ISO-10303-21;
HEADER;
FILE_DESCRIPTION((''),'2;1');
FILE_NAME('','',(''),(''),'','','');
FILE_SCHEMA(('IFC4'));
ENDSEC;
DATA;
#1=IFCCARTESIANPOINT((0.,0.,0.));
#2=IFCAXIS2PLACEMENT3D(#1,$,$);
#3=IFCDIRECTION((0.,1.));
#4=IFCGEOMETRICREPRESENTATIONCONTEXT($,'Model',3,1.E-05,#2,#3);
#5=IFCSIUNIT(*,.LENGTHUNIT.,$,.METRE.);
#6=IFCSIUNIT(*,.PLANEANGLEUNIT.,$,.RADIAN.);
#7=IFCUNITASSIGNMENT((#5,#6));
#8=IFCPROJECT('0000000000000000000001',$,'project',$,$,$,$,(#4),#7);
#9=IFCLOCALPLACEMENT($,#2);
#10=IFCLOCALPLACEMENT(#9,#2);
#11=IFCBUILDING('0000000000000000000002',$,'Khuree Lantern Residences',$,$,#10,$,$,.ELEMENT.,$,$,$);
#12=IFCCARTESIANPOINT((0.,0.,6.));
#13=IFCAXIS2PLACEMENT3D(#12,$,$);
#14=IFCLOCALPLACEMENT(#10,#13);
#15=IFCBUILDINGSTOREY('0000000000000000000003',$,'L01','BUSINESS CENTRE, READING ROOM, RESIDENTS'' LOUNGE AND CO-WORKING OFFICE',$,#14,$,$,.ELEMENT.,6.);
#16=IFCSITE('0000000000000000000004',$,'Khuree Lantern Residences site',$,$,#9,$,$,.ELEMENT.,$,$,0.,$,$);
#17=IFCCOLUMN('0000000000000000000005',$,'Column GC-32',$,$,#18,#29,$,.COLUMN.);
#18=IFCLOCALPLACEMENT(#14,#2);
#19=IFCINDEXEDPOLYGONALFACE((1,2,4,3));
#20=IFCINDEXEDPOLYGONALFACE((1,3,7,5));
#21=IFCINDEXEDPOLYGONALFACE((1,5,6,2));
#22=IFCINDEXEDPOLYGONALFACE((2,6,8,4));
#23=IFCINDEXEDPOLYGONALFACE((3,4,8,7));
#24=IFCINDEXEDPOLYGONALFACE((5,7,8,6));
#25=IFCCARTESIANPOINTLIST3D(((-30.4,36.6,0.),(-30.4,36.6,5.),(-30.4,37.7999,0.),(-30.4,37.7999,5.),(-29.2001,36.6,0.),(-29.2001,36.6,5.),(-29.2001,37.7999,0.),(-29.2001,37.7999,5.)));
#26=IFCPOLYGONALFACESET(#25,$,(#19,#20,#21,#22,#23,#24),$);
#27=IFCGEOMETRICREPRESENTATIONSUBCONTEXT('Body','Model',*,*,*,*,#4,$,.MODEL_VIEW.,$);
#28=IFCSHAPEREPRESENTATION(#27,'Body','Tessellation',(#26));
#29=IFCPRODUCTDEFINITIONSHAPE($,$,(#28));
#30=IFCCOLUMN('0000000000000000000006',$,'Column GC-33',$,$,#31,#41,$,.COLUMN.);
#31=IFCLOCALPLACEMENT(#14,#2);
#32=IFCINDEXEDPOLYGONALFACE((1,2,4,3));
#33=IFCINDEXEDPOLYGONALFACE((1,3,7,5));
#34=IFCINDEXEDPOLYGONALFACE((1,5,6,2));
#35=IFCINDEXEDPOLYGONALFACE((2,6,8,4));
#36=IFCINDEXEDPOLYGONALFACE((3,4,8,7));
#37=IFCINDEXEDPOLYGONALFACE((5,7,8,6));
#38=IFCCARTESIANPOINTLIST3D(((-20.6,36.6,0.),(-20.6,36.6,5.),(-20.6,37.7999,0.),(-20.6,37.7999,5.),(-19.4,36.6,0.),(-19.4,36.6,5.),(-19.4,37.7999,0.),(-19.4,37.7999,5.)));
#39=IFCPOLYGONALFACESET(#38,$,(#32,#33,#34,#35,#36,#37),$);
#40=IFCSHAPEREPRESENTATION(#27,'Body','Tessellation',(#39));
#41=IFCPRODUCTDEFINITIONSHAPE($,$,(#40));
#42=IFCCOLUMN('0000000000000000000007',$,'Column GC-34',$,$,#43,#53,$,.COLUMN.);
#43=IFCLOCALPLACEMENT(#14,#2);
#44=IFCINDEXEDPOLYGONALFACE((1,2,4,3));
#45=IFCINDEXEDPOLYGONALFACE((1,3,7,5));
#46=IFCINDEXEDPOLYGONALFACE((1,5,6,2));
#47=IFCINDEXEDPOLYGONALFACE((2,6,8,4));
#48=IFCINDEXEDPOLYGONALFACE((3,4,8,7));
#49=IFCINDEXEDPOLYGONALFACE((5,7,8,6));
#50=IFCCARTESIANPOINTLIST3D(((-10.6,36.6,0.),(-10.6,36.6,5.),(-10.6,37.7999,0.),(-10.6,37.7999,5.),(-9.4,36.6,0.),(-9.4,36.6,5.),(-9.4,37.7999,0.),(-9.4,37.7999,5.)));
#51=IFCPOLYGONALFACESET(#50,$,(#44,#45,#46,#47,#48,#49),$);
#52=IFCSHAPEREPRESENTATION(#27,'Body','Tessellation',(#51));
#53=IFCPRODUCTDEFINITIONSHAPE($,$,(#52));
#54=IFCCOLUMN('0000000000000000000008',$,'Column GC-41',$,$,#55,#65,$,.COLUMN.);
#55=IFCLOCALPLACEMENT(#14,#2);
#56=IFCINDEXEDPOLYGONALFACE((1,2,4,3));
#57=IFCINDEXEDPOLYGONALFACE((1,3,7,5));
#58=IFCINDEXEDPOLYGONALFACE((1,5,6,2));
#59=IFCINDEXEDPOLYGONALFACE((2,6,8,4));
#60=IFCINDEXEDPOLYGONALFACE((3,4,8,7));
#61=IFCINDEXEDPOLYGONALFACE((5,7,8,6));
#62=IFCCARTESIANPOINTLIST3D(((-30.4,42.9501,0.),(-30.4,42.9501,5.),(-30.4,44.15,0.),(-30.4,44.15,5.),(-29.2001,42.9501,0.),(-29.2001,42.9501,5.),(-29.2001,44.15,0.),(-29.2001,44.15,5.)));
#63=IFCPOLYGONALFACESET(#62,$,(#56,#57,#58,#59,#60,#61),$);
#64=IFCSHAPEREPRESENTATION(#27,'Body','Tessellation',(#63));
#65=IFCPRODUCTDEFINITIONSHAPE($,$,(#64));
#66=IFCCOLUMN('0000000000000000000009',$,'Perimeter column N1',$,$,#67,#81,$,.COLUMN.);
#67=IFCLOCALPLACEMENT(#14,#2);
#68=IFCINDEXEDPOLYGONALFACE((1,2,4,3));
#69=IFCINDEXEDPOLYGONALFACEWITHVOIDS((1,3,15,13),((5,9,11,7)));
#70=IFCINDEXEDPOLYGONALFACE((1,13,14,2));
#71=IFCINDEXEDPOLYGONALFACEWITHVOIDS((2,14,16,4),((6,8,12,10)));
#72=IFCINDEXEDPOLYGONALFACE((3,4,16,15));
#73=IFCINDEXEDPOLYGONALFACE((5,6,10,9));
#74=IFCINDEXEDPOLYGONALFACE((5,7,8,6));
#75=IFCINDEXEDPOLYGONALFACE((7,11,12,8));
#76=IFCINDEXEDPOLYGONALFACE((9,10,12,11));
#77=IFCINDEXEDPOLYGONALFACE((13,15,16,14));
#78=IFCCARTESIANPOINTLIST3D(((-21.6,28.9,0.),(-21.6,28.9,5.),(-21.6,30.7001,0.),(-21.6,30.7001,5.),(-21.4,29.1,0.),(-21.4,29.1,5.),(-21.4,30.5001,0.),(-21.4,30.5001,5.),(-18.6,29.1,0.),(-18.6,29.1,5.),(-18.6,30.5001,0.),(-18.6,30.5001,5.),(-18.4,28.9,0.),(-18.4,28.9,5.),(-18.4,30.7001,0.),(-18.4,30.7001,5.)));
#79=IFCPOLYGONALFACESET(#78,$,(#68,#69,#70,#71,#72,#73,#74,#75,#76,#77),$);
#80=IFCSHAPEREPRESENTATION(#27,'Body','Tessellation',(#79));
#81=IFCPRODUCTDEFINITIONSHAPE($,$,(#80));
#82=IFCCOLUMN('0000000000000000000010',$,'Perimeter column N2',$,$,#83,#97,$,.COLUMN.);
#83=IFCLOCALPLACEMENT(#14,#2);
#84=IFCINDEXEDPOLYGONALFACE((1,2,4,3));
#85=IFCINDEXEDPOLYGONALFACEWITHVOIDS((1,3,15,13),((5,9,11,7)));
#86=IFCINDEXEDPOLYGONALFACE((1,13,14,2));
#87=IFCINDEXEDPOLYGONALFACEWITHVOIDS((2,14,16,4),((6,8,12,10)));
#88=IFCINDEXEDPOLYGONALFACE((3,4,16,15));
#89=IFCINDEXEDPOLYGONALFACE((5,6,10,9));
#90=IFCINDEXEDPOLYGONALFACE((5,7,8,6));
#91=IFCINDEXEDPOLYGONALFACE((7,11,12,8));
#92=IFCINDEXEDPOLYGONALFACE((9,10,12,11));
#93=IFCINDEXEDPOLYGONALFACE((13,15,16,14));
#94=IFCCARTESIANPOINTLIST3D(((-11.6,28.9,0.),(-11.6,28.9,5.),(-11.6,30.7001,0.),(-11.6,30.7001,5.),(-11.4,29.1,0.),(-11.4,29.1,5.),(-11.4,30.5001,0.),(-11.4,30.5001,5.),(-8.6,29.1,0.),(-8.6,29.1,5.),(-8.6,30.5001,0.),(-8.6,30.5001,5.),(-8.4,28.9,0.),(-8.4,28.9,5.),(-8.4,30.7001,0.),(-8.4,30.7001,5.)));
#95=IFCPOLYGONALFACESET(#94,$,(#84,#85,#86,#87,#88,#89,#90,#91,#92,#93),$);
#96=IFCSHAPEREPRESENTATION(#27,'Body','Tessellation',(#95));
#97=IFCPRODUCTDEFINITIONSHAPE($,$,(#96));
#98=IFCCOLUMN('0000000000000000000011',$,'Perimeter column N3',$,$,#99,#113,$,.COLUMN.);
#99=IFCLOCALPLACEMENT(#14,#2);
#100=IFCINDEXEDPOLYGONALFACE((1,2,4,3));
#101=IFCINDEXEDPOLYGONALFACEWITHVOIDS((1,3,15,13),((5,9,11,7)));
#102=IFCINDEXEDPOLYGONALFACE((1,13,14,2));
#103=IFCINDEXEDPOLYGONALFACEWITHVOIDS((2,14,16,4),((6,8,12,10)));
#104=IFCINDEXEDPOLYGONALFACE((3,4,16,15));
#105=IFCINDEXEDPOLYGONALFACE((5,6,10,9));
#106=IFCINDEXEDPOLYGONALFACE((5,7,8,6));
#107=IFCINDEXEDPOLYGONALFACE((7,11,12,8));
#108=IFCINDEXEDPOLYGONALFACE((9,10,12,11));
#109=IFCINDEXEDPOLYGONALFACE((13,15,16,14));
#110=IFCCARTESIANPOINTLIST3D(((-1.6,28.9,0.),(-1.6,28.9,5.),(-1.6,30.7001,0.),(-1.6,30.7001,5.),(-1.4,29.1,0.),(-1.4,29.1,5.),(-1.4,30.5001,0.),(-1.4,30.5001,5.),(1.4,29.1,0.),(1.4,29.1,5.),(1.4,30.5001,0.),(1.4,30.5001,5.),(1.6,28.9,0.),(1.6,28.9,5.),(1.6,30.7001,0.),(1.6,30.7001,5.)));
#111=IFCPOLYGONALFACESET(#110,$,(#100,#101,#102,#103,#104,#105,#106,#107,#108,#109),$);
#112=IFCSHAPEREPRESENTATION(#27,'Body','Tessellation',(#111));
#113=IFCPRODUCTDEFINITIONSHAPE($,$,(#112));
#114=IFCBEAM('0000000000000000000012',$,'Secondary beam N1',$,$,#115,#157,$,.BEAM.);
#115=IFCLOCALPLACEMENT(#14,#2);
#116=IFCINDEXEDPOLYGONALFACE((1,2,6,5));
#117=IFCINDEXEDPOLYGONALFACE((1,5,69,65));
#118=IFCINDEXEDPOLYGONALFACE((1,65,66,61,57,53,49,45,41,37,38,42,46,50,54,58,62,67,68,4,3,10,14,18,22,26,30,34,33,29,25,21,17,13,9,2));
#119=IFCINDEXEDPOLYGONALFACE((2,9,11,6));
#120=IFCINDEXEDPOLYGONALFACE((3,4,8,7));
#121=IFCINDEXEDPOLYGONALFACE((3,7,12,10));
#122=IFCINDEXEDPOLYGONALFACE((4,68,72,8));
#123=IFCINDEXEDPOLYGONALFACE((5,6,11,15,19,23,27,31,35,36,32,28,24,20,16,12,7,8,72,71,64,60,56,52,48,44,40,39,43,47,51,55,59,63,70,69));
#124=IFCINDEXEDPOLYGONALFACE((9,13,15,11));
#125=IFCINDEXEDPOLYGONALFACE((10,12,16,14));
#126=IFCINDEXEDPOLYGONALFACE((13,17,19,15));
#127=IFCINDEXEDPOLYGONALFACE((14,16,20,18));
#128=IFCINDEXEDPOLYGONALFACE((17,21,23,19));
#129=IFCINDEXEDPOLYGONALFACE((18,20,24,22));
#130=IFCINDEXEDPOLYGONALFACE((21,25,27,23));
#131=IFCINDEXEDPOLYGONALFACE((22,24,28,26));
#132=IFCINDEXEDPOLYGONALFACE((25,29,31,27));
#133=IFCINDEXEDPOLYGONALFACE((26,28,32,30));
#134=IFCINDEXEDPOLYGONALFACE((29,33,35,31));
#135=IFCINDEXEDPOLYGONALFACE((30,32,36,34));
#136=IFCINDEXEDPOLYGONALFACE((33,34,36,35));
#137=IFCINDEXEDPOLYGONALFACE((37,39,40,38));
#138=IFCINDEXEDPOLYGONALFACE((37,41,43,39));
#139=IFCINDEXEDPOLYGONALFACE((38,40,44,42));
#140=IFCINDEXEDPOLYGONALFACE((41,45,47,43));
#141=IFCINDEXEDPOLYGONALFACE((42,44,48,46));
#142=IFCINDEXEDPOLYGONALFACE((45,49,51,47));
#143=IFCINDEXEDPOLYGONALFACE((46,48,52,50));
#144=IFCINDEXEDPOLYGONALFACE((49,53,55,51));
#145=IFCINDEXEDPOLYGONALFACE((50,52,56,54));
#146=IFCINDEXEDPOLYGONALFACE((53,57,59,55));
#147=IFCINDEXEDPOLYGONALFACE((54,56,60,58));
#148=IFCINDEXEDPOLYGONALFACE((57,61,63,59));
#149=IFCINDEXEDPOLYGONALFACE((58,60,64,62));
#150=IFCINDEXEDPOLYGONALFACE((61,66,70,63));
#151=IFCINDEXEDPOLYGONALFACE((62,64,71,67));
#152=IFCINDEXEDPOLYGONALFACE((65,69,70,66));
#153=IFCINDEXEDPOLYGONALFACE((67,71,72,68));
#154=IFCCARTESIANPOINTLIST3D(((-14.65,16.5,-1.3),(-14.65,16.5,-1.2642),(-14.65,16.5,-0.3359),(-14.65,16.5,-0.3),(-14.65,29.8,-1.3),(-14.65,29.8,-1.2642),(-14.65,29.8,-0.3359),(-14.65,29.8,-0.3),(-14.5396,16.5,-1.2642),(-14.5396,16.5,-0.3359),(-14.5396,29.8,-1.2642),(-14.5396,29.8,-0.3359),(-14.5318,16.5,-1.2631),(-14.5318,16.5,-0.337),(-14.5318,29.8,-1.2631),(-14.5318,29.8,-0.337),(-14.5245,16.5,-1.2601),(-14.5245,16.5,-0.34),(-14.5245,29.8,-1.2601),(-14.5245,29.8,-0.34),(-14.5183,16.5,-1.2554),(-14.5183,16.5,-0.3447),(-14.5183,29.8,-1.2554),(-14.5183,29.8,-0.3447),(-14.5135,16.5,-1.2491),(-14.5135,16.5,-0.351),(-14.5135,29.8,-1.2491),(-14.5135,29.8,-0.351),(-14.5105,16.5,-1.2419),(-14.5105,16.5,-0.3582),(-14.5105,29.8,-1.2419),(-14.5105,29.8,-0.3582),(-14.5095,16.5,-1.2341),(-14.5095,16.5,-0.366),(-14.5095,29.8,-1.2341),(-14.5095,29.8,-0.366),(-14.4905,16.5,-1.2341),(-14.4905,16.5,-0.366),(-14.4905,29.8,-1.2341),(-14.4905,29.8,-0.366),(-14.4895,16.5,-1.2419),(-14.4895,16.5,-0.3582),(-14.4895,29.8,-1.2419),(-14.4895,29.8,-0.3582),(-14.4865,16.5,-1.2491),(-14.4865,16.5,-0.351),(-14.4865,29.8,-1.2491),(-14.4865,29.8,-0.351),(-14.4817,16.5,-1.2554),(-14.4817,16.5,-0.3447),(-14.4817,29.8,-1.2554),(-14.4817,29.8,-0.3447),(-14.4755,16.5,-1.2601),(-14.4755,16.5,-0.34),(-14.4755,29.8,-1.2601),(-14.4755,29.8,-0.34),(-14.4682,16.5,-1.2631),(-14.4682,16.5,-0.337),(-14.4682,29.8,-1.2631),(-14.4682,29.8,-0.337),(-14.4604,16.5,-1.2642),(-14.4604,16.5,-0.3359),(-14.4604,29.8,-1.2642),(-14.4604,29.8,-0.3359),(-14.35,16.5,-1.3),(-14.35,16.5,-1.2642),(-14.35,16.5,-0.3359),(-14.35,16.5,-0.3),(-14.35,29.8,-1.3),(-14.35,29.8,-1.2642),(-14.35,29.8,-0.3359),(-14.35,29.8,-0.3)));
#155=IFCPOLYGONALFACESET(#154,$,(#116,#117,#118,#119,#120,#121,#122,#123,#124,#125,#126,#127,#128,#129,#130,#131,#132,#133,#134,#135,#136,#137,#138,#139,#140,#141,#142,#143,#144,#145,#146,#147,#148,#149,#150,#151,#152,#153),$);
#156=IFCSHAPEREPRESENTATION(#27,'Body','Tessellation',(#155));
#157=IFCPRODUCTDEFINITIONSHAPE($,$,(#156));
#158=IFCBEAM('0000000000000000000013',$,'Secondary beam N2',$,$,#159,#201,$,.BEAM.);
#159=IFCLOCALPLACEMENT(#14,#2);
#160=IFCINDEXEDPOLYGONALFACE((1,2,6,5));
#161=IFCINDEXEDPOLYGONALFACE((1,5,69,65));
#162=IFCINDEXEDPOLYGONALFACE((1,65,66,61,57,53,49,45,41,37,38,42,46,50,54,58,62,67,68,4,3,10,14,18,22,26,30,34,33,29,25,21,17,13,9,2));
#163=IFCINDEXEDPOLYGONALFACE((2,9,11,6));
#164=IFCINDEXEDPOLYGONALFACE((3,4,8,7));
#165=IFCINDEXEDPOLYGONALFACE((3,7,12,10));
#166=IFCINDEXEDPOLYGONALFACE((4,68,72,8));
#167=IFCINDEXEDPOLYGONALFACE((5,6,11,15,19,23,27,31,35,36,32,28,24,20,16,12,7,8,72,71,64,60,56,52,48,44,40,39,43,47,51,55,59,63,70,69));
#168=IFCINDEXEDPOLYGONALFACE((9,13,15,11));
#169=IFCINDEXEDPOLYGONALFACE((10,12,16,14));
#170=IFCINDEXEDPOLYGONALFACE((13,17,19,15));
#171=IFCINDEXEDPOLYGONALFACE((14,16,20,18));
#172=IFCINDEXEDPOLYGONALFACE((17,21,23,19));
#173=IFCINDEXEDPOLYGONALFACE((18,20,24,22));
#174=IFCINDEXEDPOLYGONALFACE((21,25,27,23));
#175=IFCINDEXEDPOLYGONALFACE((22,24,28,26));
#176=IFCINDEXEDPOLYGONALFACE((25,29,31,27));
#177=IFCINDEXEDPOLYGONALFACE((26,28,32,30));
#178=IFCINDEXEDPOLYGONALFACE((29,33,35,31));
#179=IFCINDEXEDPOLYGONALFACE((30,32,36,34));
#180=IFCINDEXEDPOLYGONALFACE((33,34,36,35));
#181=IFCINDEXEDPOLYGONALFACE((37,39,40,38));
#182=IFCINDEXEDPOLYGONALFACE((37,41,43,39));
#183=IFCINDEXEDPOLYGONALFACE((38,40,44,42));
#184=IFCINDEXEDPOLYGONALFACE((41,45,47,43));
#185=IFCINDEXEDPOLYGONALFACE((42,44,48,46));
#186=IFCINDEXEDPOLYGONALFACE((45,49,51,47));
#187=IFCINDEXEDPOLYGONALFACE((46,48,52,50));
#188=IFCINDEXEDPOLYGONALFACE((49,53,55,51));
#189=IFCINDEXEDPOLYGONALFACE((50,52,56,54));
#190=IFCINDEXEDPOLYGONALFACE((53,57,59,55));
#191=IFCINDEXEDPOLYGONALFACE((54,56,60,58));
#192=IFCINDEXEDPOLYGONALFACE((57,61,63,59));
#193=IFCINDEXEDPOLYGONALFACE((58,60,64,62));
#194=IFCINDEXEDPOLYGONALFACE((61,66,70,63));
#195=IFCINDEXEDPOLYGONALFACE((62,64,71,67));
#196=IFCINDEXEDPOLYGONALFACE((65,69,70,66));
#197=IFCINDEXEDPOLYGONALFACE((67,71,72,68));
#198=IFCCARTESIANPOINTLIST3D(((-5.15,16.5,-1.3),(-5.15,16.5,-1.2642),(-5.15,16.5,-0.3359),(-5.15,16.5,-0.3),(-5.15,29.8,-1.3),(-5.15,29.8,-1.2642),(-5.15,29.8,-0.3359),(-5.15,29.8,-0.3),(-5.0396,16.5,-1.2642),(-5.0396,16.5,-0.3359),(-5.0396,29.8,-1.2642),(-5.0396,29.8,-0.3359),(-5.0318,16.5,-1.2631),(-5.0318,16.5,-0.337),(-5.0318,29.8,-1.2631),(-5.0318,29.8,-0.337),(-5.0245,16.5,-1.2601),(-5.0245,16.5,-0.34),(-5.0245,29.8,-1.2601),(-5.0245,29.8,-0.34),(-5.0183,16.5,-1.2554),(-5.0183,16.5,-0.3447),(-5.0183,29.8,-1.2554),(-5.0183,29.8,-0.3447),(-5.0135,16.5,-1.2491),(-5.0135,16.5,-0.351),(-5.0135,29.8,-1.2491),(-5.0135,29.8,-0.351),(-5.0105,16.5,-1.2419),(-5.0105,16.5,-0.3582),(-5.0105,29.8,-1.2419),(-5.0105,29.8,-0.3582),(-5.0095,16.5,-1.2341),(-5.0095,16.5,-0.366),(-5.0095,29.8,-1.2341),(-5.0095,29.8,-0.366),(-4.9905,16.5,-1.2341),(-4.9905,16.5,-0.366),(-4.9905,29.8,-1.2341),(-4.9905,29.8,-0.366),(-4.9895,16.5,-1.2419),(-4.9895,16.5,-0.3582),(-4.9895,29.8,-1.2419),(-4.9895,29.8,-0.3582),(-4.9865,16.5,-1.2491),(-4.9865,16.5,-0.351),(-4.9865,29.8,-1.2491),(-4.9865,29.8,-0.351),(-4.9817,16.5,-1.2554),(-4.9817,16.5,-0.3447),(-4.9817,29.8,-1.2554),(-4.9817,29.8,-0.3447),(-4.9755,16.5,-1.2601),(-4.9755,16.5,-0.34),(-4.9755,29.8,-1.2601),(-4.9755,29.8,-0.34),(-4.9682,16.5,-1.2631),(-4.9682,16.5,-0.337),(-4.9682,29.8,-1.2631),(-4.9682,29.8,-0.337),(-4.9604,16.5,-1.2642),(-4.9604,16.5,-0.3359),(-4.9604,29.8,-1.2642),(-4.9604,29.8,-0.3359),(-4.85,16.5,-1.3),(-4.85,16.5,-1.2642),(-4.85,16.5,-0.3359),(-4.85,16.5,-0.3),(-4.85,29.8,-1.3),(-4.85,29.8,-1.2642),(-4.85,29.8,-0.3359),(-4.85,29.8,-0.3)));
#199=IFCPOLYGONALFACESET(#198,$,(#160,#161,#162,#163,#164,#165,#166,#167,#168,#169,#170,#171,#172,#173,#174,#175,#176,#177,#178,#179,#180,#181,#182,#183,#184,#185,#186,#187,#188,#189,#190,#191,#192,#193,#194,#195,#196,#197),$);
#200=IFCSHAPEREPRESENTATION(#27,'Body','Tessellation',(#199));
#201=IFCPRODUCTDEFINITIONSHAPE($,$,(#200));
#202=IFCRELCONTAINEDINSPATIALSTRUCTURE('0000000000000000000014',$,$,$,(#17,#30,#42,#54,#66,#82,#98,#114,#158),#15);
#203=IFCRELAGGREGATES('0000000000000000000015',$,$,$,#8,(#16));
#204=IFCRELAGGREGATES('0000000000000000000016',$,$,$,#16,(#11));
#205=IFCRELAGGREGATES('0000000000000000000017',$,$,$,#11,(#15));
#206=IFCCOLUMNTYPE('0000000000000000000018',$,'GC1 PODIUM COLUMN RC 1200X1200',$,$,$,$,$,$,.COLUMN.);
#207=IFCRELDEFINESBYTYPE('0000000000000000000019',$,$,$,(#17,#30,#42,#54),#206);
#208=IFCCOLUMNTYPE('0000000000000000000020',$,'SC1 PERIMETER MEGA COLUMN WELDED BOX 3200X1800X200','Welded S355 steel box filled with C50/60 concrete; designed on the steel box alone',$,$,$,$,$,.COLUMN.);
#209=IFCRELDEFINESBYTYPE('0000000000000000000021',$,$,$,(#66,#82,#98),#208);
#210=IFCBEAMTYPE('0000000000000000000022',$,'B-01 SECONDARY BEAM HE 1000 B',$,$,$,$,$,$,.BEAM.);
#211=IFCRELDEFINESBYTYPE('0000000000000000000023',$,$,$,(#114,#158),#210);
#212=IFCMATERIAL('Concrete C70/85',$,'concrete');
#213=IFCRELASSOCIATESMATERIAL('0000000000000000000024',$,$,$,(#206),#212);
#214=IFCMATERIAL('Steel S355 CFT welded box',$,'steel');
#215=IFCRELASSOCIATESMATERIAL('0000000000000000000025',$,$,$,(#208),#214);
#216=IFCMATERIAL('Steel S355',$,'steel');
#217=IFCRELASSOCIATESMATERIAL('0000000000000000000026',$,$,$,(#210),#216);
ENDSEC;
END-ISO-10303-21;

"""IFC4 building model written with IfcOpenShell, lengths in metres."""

from ifc_helpers import new_model, si_unit, direction, frame, origin, origin_2d, place, context, subcontext, project, spatial, rectangle, hollow_rectangle, i_section, extrude, material, material_profile, profile_set, type_object, element, save


model = new_model("IFC4")

# Units and contexts
model_context = context("Model", 3, precision=1e-05, world=origin(), true_north=direction((0.0, 1.0)))
body_context = subcontext(model_context, "Body", "Model", "MODEL_VIEW")
ifc_project = project(units=[si_unit("LENGTHUNIT", "METRE"), si_unit("PLANEANGLEUNIT", "RADIAN")], contexts=[model_context])

# Site, building, storey
site_placement = place(None, origin())
site = spatial("IfcSite", under=ifc_project, at=site_placement, Name="Khuree Lantern Residences site", CompositionType="ELEMENT", RefElevation=0.0)
building_placement = place(site_placement, origin())
building = spatial("IfcBuilding", under=site, at=building_placement, Name="Khuree Lantern Residences", CompositionType="ELEMENT")
storey_placement = place(building_placement, frame((0.0, 0.0, 6.0)))
storey = spatial("IfcBuildingStorey", under=building, at=storey_placement, Name="L01", Description="BUSINESS CENTRE, READING ROOM, RESIDENTS' LOUNGE AND CO-WORKING OFFICE", CompositionType="ELEMENT", Elevation=6.0)

# Columns
ifc_material_1 = material(Name="Concrete C70/85", Category="concrete")
ifc_material_profile_1 = material_profile(ifc_material_1, rectangle(XDim=1.2, YDim=1.2, at=origin_2d()), Name="RC 1200X1200")
ifc_profile_set_1 = profile_set([ifc_material_profile_1], Name="Concrete C70/85")
column_type_1 = type_object("IfcColumnType", Name="GC1 PODIUM COLUMN RC 1200X1200", PredefinedType="COLUMN", material=ifc_profile_set_1)
for number, where, z_axis, x_axis, name in (
    (1, (-29.8, 37.2, 0.0), (0.0, 0.0, 1.0), (1.0, 0.0, 0.0), "Column GC-32"),
    (2, (-20.0, 37.2, 0.0), (0.0, 0.0, 1.0), (1.0, 0.0, 0.0), "Column GC-33"),
    (3, (-10.0, 37.2, 0.0), (0.0, 0.0, 1.0), (1.0, 0.0, 0.0), "Column GC-34"),
    (4, (-29.8, 43.55, 0.0), (0.0, 0.0, 1.0), (1.0, 0.0, 0.0), "Column GC-41"),
):
    element("IfcColumn", number, at=place(storey_placement, frame(where, z_axis=z_axis, x_axis=x_axis)), inside=storey, type_object=column_type_1, Name=name, PredefinedType="COLUMN", context=body_context, shape_type="SweptSolid", body=[
        extrude(rectangle(XDim=1.2, YDim=1.2, at=origin_2d()), origin(), (0.0, 0.0, 1.0), 5.0),
    ])
ifc_material_2 = material(Name="Steel S355 CFT welded box", Category="steel")
ifc_material_profile_2 = material_profile(ifc_material_2, hollow_rectangle(XDim=3.2, YDim=1.8, WallThickness=0.2, at=origin_2d()), Name="WELDED BOX 3200X1800X200")
ifc_profile_set_2 = profile_set([ifc_material_profile_2], Name="Steel S355 CFT welded box")
column_type_2 = type_object("IfcColumnType", Name="SC1 PERIMETER MEGA COLUMN WELDED BOX 3200X1800X200", Description="Welded S355 steel box filled with C50/60 concrete; designed on the steel box alone", PredefinedType="COLUMN", material=ifc_profile_set_2)
for number, where, z_axis, x_axis, name in (
    (5, (-20.0, 29.8, 0.0), (0.0, 0.0, 1.0), (1.0, 0.0, 0.0), "Perimeter column N1"),
    (6, (-10.0, 29.8, 0.0), (0.0, 0.0, 1.0), (1.0, 0.0, 0.0), "Perimeter column N2"),
    (7, (0.0, 29.8, 0.0), (0.0, 0.0, 1.0), (1.0, 0.0, 0.0), "Perimeter column N3"),
):
    element("IfcColumn", number, at=place(storey_placement, frame(where, z_axis=z_axis, x_axis=x_axis)), inside=storey, type_object=column_type_2, Name=name, PredefinedType="COLUMN", context=body_context, shape_type="SweptSolid", body=[
        extrude(hollow_rectangle(XDim=3.2, YDim=1.8, WallThickness=0.2, at=origin_2d()), origin(), (0.0, 0.0, 1.0), 5.0),
    ])

# Beams
ifc_material_3 = material(Name="Steel S355", Category="steel")
ifc_material_profile_3 = material_profile(ifc_material_3, i_section(OverallWidth=0.3, OverallDepth=1.0, WebThickness=0.019, FlangeThickness=0.0359, FilletRadius=0.03, at=origin_2d()), Name="HE 1000 B")
ifc_profile_set_3 = profile_set([ifc_material_profile_3], Name="Steel S355")
beam_type_1 = type_object("IfcBeamType", Name="B-01 SECONDARY BEAM HE 1000 B", PredefinedType="BEAM", material=ifc_profile_set_3)
for number, where, z_axis, x_axis, name in (
    (8, (-14.5, 29.8, -0.8), (0.0, -1.0, 0.0), (1.0, 0.0, 0.0), "Secondary beam N1"),
    (9, (-5.0, 29.8, -0.8), (0.0, -1.0, 0.0), (1.0, 0.0, 0.0), "Secondary beam N2"),
):
    element("IfcBeam", number, at=place(storey_placement, frame(where, z_axis=z_axis, x_axis=x_axis)), inside=storey, type_object=beam_type_1, Name=name, PredefinedType="BEAM", context=body_context, shape_type="SweptSolid", body=[
        extrude(i_section(OverallWidth=0.3, OverallDepth=1.0, WebThickness=0.019, FlangeThickness=0.0359, FilletRadius=0.03, at=origin_2d()), origin(), (0.0, 0.0, 1.0), 13.3),
    ])

save(model, "model.ifc")
